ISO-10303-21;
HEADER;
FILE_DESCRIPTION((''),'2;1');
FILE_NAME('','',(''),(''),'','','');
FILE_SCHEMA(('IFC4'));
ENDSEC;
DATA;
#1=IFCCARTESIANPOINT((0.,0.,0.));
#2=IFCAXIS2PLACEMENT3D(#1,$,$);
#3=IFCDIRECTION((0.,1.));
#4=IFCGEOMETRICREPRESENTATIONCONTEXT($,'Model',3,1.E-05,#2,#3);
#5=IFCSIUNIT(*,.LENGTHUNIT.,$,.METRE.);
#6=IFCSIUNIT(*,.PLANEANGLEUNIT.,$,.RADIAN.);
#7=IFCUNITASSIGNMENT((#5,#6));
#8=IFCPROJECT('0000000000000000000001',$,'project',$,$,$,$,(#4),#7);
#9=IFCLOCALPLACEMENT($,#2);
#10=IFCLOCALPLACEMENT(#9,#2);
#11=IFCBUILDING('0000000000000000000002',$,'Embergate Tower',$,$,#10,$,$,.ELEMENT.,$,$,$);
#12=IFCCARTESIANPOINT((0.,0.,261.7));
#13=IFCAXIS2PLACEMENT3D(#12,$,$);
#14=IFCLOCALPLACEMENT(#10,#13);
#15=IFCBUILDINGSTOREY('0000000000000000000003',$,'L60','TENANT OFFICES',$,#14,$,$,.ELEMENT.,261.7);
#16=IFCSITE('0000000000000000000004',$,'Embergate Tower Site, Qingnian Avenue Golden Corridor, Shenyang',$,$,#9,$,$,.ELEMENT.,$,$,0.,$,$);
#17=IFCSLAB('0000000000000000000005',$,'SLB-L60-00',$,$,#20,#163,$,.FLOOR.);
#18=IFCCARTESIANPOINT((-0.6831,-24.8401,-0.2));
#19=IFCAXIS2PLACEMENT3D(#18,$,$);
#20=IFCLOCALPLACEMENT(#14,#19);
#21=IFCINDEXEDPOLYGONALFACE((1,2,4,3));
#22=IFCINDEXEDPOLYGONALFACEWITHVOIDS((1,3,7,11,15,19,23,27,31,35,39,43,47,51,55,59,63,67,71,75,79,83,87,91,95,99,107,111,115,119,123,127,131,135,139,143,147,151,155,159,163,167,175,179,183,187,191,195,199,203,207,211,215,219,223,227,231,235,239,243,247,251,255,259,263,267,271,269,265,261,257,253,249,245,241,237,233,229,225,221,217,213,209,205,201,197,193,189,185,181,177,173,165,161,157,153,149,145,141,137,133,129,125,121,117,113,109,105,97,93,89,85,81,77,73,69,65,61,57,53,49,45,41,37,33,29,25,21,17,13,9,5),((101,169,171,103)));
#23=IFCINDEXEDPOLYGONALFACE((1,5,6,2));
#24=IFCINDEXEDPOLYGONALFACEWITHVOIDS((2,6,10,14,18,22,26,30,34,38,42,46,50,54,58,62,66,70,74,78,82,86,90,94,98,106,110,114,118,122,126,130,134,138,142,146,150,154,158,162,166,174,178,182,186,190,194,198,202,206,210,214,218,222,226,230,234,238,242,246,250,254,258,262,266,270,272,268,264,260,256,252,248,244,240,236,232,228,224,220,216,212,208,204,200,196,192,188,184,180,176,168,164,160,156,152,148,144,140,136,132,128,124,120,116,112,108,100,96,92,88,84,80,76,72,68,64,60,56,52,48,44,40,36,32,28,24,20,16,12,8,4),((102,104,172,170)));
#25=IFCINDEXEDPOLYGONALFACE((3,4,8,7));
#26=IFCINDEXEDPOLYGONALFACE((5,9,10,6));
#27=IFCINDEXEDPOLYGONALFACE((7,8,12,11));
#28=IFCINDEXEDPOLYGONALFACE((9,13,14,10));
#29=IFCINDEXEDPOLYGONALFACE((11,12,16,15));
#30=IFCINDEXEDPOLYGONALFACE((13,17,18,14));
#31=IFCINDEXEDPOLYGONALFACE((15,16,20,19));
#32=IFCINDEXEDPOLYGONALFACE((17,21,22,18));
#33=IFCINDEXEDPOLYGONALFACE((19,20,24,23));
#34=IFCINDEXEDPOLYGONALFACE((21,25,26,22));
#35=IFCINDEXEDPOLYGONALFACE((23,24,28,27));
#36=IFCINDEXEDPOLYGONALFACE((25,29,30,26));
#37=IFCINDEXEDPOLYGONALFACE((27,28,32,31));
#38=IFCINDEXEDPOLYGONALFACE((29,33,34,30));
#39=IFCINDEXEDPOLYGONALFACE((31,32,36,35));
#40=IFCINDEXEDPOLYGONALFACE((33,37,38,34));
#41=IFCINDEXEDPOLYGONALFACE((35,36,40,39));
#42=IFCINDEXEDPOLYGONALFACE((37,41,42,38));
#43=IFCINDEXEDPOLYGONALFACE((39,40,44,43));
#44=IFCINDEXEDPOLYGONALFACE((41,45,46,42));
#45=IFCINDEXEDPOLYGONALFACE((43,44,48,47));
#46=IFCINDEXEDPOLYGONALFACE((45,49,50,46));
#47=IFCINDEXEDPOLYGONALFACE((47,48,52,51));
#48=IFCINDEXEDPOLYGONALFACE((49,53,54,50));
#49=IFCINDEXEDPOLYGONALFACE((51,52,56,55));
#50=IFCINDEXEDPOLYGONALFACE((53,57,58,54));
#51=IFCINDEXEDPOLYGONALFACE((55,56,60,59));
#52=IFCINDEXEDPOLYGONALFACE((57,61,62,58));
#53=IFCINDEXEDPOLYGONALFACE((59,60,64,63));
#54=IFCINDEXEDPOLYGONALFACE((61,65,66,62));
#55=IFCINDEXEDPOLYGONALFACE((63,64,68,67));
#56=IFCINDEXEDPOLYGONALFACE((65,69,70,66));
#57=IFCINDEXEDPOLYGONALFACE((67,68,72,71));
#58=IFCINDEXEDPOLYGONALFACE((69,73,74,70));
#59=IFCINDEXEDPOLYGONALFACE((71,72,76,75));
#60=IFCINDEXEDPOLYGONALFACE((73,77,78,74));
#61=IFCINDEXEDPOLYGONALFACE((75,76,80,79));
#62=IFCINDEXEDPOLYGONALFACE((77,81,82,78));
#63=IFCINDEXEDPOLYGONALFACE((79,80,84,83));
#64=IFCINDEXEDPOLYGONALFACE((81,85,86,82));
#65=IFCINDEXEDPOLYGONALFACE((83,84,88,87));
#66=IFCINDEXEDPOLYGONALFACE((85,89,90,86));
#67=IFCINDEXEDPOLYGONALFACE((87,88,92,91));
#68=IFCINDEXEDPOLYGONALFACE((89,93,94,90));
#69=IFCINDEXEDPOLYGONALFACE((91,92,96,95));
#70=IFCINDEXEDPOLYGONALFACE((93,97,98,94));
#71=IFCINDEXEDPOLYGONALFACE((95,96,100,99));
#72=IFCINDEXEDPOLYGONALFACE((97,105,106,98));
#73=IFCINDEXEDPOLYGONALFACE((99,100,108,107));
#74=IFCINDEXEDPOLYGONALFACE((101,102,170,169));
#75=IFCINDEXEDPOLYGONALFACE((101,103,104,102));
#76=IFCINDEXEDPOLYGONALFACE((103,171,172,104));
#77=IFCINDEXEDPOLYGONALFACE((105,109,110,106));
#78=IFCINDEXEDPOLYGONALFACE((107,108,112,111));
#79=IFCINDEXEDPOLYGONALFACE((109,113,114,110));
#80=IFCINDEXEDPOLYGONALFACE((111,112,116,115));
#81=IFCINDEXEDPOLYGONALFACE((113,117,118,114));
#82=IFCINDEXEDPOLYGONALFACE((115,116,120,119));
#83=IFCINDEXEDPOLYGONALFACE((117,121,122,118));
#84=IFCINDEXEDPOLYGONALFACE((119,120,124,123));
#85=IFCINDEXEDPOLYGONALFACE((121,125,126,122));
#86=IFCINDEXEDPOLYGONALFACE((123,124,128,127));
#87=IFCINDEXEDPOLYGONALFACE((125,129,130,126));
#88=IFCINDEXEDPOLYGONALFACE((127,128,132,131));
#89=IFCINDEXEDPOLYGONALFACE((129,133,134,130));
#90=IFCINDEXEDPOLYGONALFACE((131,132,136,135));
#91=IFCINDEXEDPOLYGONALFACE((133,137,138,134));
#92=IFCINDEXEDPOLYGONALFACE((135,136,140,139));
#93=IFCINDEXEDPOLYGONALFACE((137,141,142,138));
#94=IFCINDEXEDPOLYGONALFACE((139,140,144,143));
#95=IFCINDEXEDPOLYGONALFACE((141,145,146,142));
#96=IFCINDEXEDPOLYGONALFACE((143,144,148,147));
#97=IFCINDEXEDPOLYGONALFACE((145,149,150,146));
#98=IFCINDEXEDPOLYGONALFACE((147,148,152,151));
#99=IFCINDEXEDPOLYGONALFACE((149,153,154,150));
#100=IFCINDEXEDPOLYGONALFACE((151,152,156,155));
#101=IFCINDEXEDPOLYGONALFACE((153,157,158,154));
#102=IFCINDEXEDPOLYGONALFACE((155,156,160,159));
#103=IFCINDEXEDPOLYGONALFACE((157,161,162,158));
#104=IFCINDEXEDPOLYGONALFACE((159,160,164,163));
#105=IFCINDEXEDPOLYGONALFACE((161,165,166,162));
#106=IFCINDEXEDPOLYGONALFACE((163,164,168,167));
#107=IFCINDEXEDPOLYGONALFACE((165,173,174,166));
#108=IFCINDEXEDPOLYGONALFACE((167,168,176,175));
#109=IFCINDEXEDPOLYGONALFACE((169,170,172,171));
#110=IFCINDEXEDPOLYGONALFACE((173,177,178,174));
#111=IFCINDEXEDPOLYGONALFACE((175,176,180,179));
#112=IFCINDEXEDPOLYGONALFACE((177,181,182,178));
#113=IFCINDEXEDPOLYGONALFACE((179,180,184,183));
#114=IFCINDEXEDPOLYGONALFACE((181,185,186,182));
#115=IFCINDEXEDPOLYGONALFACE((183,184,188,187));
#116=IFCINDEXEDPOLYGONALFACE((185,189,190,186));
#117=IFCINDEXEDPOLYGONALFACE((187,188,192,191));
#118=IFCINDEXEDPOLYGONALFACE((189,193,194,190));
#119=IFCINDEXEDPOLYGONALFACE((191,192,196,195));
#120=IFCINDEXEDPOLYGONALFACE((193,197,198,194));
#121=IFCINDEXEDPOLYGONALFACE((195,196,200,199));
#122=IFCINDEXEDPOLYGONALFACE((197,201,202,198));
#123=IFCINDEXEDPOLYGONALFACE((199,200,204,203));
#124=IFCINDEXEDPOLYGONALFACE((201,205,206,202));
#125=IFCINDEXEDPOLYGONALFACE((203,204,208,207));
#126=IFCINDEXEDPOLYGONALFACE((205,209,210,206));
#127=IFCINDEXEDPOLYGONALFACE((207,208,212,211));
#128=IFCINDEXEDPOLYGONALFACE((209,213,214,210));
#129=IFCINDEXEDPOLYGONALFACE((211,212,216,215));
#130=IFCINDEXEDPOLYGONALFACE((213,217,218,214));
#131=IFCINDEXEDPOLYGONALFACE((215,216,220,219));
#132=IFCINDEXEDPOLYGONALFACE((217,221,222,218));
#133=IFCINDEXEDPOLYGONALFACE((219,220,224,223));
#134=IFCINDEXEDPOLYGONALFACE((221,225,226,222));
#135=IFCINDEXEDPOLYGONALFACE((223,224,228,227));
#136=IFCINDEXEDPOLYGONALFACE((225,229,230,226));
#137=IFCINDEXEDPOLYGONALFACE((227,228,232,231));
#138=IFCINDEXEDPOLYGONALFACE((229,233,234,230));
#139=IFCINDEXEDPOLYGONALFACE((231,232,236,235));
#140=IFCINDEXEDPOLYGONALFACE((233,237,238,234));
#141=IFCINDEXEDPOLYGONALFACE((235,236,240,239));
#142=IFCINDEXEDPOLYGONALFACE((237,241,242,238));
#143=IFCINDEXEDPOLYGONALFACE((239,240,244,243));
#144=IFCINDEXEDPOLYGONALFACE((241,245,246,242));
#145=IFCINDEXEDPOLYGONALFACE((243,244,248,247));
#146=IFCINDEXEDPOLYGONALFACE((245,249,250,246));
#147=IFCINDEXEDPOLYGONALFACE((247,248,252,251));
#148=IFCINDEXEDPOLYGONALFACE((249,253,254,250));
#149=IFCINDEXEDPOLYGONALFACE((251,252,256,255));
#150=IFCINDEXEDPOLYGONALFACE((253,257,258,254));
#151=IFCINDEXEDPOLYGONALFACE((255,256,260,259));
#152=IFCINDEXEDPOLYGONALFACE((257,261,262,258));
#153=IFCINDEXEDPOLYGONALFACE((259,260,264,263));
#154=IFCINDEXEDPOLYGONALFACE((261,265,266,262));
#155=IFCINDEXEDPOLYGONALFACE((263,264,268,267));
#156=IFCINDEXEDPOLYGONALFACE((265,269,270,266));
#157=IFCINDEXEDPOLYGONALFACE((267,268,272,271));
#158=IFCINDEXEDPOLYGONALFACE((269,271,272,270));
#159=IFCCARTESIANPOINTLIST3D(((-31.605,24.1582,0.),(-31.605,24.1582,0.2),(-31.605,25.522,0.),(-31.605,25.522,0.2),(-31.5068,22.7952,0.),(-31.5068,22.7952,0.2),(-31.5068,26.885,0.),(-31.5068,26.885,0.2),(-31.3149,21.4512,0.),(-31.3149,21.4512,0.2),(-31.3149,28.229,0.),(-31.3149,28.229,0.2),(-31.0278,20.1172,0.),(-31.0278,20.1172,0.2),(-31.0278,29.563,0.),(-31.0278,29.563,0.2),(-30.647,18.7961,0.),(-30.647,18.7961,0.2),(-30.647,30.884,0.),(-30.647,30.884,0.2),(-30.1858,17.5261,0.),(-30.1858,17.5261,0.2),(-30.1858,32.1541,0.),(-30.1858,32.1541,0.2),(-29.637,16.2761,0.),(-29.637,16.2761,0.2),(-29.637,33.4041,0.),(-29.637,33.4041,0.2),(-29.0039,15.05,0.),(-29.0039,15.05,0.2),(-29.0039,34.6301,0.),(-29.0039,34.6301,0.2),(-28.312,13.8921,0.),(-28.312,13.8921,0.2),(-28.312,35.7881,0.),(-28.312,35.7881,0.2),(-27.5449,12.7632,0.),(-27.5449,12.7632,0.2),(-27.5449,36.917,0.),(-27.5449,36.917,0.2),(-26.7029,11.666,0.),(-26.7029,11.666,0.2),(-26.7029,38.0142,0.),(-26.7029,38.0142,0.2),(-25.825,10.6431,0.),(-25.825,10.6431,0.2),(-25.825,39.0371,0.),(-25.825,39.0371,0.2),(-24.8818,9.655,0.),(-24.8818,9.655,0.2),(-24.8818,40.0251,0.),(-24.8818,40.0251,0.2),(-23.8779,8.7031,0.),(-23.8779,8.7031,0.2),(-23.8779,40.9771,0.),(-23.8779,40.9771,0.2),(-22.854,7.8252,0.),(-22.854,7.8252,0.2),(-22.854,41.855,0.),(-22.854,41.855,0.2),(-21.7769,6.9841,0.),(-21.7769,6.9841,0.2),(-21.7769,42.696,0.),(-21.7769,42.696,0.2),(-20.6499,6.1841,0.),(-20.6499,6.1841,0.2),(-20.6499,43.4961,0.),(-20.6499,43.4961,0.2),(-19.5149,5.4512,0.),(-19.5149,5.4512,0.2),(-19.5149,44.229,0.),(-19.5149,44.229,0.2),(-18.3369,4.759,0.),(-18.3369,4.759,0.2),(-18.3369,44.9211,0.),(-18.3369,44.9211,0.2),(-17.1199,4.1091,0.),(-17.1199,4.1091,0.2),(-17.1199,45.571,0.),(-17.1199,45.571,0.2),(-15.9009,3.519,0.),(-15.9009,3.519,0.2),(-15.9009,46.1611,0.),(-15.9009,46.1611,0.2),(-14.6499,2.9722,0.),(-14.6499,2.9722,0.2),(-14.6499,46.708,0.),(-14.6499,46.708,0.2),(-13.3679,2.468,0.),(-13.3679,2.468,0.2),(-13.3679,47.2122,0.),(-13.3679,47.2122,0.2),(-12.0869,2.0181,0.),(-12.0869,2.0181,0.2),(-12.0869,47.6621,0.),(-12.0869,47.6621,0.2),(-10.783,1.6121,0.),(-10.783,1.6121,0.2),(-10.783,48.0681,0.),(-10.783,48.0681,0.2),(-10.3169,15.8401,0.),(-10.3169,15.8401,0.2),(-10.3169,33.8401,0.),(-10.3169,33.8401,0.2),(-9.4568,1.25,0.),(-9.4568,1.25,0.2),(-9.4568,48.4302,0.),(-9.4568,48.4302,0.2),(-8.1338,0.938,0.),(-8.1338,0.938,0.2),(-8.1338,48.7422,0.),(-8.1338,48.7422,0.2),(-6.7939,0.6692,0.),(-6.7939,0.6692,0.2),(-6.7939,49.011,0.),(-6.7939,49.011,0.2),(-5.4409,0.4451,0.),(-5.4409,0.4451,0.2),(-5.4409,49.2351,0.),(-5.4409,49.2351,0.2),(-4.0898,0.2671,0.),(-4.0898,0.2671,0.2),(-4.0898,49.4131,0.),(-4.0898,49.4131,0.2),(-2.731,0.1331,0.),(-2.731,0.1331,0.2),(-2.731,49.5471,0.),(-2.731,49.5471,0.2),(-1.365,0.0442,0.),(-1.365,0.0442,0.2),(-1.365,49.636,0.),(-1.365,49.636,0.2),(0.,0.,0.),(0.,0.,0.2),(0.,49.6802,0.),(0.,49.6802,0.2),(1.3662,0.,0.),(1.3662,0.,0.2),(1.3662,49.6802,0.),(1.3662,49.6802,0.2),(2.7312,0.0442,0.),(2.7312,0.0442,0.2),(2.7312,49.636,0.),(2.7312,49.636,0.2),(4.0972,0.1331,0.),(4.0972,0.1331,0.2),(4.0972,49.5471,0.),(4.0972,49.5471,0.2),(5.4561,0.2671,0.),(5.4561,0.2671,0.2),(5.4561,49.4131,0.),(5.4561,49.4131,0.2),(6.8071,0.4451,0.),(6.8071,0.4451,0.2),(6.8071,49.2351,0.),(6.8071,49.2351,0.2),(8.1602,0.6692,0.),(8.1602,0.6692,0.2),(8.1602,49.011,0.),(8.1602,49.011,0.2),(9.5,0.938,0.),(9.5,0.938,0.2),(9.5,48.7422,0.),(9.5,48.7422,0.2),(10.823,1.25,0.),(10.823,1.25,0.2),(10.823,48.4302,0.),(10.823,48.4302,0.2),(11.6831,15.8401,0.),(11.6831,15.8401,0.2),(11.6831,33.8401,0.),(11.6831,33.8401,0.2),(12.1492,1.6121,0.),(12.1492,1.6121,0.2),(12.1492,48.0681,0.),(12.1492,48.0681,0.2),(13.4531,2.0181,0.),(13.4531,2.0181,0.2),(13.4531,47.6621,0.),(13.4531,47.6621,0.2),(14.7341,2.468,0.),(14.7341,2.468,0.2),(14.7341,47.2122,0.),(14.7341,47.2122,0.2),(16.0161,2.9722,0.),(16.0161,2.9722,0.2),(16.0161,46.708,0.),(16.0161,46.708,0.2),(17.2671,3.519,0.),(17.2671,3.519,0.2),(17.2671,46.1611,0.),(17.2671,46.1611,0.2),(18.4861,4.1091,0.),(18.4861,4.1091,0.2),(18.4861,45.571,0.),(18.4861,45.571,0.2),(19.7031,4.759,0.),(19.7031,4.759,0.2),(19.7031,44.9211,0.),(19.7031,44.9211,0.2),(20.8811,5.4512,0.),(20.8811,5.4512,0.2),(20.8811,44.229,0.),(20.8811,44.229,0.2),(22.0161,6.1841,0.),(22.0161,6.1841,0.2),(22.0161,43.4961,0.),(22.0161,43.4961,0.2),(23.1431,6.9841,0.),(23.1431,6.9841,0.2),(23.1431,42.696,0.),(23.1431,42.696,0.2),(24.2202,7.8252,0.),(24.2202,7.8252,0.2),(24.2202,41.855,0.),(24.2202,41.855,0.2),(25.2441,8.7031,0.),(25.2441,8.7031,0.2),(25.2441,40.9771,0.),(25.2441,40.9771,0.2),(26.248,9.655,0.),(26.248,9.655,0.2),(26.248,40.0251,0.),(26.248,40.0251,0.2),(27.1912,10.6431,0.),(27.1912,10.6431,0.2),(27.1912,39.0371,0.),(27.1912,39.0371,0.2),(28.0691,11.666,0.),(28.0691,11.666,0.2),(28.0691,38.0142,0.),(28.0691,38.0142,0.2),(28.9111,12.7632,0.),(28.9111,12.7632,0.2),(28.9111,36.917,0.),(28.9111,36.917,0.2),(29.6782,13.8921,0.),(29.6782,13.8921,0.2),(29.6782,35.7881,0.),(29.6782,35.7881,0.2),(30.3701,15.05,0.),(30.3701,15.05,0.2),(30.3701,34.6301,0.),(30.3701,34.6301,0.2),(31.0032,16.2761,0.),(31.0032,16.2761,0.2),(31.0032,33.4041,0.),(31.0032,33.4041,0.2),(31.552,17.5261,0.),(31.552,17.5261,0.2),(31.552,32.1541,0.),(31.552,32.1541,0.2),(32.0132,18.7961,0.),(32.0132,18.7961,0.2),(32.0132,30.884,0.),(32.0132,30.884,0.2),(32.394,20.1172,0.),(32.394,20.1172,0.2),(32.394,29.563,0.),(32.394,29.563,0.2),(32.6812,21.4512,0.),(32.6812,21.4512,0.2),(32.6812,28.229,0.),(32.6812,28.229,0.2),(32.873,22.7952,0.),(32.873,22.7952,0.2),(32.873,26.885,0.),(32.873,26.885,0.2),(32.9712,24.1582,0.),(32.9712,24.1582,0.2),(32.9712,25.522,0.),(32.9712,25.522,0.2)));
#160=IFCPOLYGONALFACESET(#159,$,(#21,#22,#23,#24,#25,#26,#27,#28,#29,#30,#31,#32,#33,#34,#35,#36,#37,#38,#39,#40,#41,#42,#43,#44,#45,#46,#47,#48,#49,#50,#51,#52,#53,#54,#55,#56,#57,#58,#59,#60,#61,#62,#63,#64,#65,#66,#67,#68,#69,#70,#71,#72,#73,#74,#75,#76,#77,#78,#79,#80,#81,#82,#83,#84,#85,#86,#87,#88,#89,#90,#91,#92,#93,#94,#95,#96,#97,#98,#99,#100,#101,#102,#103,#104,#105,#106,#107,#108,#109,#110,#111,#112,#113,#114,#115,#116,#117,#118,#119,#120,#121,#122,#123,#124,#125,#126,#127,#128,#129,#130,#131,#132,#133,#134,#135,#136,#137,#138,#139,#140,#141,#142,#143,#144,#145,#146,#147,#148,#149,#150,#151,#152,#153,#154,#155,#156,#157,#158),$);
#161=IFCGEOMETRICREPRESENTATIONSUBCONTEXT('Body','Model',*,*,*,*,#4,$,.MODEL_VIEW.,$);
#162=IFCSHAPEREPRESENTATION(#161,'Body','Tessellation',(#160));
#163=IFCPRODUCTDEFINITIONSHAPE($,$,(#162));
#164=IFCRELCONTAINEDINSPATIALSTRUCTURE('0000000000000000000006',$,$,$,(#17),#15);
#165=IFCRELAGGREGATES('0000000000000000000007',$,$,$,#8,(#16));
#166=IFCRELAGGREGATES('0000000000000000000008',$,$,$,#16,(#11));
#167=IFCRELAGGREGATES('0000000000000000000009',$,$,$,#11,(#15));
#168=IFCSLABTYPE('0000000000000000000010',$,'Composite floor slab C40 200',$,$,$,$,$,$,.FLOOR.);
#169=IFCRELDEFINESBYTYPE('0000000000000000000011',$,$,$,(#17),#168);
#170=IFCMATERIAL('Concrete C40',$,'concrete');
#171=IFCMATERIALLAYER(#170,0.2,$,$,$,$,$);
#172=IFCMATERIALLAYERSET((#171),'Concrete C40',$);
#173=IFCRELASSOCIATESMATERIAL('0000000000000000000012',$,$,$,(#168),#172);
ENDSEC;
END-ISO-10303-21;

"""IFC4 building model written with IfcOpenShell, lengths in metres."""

from ifc_helpers import new_model, si_unit, direction, frame, origin, place, context, subcontext, project, spatial, polyline, outline, extrude, source, transform, mapped, material, layer, layer_set, type_object, element, save


model = new_model("IFC4")

# Units and contexts
model_context = context("Model", 3, precision=1e-05, world=origin(), true_north=direction((0.0, 1.0)))
body_context = subcontext(model_context, "Body", "Model", "MODEL_VIEW")
ifc_project = project(units=[si_unit("LENGTHUNIT", "METRE"), si_unit("PLANEANGLEUNIT", "RADIAN")], contexts=[model_context])

# Site, building, storey
site_placement = place(None, origin())
site = spatial("IfcSite", under=ifc_project, at=site_placement, Name="Embergate Tower Site, Qingnian Avenue Golden Corridor, Shenyang", CompositionType="ELEMENT", RefElevation=0.0)
building_placement = place(site_placement, origin())
building = spatial("IfcBuilding", under=site, at=building_placement, Name="Embergate Tower", CompositionType="ELEMENT")
storey_placement = place(building_placement, frame((0.0, 0.0, 261.7)))
storey = spatial("IfcBuildingStorey", under=building, at=storey_placement, Name="L60", Description="TENANT OFFICES", CompositionType="ELEMENT", Elevation=261.7)

# Slab
ifc_material_1 = material(Name="Concrete C40", Category="concrete")
ifc_layer_1 = layer(ifc_material_1, 0.2)
ifc_layer_set_1 = layer_set([ifc_layer_1], Name="Concrete C40")
slab_type = type_object("IfcSlabType", Name="Composite floor slab C40 200", PredefinedType="FLOOR", material=ifc_layer_set_1)
shared_shape_1 = source(origin(), body_context, "Body", "SweptSolid", [
    extrude(outline(polyline([(0.0, 0.0), (1.3662, 0.0), (2.7312, 0.0442), (4.0972, 0.1331), (5.4561, 0.2671), (6.8071, 0.4451), (8.1602, 0.6692), (9.5, 0.938), (10.823, 1.25), (12.1492, 1.6121), (13.4531, 2.0181), (14.7341, 2.468), (16.0161, 2.9722), (17.2671, 3.519), (18.4861, 4.1091), (19.7031, 4.759), (20.8811, 5.4512), (22.0161, 6.1841), (23.1431, 6.9841), (24.2202, 7.8252), (25.2441, 8.7031), (26.248, 9.655), (27.1912, 10.6431), (28.0691, 11.666), (28.9111, 12.7632), (29.6782, 13.8921), (30.3701, 15.05), (31.0032, 16.2761), (31.552, 17.5261), (32.0132, 18.7961), (32.394, 20.1172), (32.6812, 21.4512), (32.873, 22.7952), (32.9712, 24.1582), (32.9712, 25.522), (32.873, 26.885), (32.6812, 28.229), (32.394, 29.563), (32.0132, 30.884), (31.552, 32.1541), (31.0032, 33.4041), (30.3701, 34.6301), (29.6782, 35.7881), (28.9111, 36.917), (28.0691, 38.0142), (27.1912, 39.0371), (26.248, 40.0251), (25.2441, 40.9771), (24.2202, 41.855), (23.1431, 42.696), (22.0161, 43.4961), (20.8811, 44.229), (19.7031, 44.9211), (18.4861, 45.571), (17.2671, 46.1611), (16.0161, 46.708), (14.7341, 47.2122), (13.4531, 47.6621), (12.1492, 48.0681), (10.823, 48.4302), (9.5, 48.7422), (8.1602, 49.011), (6.8071, 49.2351), (5.4561, 49.4131), (4.0972, 49.5471), (2.7312, 49.636), (1.3662, 49.6802), (0.0, 49.6802), (-1.365, 49.636), (-2.731, 49.5471), (-4.0898, 49.4131), (-5.4409, 49.2351), (-6.7939, 49.011), (-8.1338, 48.7422), (-9.4568, 48.4302), (-10.783, 48.0681), (-12.0869, 47.6621), (-13.3679, 47.2122), (-14.6499, 46.708), (-15.9009, 46.1611), (-17.1199, 45.571), (-18.3369, 44.9211), (-19.5149, 44.229), (-20.6499, 43.4961), (-21.7769, 42.696), (-22.854, 41.855), (-23.8779, 40.9771), (-24.8818, 40.0251), (-25.825, 39.0371), (-26.7029, 38.0142), (-27.5449, 36.917), (-28.312, 35.7881), (-29.0039, 34.6301), (-29.637, 33.4041), (-30.1858, 32.1541), (-30.647, 30.884), (-31.0278, 29.563), (-31.3149, 28.229), (-31.5068, 26.885), (-31.605, 25.522), (-31.605, 24.1582), (-31.5068, 22.7952), (-31.3149, 21.4512), (-31.0278, 20.1172), (-30.647, 18.7961), (-30.1858, 17.5261), (-29.637, 16.2761), (-29.0039, 15.05), (-28.312, 13.8921), (-27.5449, 12.7632), (-26.7029, 11.666), (-25.825, 10.6431), (-24.8818, 9.655), (-23.8779, 8.7031), (-22.854, 7.8252), (-21.7769, 6.9841), (-20.6499, 6.1841), (-19.5149, 5.4512), (-18.3369, 4.759), (-17.1199, 4.1091), (-15.9009, 3.519), (-14.6499, 2.9722), (-13.3679, 2.468), (-12.0869, 2.0181), (-10.783, 1.6121), (-9.4568, 1.25), (-8.1338, 0.938), (-6.7939, 0.6692), (-5.4409, 0.4451), (-4.0898, 0.2671), (-2.731, 0.1331), (-1.365, 0.0442), (0.0, 0.0)]), holes=[polyline([(-10.3169, 15.8401), (-10.3169, 33.8401), (11.6831, 33.8401), (11.6831, 15.8401), (-10.3169, 15.8401)])]), origin(), (0.0, 0.0, 1.0), 0.2),
])
slab_placement = place(storey_placement, frame((-0.6831, -24.8401, -0.2)))
element("IfcSlab", 1, at=slab_placement, inside=storey, type_object=slab_type, Name="SLB-L60-00", PredefinedType="FLOOR", context=body_context, shape_type="MappedRepresentation", body=[
    mapped(shared_shape_1, transform((0.0, 0.0, 0.0))),
])

save(model, "model.ifc")
